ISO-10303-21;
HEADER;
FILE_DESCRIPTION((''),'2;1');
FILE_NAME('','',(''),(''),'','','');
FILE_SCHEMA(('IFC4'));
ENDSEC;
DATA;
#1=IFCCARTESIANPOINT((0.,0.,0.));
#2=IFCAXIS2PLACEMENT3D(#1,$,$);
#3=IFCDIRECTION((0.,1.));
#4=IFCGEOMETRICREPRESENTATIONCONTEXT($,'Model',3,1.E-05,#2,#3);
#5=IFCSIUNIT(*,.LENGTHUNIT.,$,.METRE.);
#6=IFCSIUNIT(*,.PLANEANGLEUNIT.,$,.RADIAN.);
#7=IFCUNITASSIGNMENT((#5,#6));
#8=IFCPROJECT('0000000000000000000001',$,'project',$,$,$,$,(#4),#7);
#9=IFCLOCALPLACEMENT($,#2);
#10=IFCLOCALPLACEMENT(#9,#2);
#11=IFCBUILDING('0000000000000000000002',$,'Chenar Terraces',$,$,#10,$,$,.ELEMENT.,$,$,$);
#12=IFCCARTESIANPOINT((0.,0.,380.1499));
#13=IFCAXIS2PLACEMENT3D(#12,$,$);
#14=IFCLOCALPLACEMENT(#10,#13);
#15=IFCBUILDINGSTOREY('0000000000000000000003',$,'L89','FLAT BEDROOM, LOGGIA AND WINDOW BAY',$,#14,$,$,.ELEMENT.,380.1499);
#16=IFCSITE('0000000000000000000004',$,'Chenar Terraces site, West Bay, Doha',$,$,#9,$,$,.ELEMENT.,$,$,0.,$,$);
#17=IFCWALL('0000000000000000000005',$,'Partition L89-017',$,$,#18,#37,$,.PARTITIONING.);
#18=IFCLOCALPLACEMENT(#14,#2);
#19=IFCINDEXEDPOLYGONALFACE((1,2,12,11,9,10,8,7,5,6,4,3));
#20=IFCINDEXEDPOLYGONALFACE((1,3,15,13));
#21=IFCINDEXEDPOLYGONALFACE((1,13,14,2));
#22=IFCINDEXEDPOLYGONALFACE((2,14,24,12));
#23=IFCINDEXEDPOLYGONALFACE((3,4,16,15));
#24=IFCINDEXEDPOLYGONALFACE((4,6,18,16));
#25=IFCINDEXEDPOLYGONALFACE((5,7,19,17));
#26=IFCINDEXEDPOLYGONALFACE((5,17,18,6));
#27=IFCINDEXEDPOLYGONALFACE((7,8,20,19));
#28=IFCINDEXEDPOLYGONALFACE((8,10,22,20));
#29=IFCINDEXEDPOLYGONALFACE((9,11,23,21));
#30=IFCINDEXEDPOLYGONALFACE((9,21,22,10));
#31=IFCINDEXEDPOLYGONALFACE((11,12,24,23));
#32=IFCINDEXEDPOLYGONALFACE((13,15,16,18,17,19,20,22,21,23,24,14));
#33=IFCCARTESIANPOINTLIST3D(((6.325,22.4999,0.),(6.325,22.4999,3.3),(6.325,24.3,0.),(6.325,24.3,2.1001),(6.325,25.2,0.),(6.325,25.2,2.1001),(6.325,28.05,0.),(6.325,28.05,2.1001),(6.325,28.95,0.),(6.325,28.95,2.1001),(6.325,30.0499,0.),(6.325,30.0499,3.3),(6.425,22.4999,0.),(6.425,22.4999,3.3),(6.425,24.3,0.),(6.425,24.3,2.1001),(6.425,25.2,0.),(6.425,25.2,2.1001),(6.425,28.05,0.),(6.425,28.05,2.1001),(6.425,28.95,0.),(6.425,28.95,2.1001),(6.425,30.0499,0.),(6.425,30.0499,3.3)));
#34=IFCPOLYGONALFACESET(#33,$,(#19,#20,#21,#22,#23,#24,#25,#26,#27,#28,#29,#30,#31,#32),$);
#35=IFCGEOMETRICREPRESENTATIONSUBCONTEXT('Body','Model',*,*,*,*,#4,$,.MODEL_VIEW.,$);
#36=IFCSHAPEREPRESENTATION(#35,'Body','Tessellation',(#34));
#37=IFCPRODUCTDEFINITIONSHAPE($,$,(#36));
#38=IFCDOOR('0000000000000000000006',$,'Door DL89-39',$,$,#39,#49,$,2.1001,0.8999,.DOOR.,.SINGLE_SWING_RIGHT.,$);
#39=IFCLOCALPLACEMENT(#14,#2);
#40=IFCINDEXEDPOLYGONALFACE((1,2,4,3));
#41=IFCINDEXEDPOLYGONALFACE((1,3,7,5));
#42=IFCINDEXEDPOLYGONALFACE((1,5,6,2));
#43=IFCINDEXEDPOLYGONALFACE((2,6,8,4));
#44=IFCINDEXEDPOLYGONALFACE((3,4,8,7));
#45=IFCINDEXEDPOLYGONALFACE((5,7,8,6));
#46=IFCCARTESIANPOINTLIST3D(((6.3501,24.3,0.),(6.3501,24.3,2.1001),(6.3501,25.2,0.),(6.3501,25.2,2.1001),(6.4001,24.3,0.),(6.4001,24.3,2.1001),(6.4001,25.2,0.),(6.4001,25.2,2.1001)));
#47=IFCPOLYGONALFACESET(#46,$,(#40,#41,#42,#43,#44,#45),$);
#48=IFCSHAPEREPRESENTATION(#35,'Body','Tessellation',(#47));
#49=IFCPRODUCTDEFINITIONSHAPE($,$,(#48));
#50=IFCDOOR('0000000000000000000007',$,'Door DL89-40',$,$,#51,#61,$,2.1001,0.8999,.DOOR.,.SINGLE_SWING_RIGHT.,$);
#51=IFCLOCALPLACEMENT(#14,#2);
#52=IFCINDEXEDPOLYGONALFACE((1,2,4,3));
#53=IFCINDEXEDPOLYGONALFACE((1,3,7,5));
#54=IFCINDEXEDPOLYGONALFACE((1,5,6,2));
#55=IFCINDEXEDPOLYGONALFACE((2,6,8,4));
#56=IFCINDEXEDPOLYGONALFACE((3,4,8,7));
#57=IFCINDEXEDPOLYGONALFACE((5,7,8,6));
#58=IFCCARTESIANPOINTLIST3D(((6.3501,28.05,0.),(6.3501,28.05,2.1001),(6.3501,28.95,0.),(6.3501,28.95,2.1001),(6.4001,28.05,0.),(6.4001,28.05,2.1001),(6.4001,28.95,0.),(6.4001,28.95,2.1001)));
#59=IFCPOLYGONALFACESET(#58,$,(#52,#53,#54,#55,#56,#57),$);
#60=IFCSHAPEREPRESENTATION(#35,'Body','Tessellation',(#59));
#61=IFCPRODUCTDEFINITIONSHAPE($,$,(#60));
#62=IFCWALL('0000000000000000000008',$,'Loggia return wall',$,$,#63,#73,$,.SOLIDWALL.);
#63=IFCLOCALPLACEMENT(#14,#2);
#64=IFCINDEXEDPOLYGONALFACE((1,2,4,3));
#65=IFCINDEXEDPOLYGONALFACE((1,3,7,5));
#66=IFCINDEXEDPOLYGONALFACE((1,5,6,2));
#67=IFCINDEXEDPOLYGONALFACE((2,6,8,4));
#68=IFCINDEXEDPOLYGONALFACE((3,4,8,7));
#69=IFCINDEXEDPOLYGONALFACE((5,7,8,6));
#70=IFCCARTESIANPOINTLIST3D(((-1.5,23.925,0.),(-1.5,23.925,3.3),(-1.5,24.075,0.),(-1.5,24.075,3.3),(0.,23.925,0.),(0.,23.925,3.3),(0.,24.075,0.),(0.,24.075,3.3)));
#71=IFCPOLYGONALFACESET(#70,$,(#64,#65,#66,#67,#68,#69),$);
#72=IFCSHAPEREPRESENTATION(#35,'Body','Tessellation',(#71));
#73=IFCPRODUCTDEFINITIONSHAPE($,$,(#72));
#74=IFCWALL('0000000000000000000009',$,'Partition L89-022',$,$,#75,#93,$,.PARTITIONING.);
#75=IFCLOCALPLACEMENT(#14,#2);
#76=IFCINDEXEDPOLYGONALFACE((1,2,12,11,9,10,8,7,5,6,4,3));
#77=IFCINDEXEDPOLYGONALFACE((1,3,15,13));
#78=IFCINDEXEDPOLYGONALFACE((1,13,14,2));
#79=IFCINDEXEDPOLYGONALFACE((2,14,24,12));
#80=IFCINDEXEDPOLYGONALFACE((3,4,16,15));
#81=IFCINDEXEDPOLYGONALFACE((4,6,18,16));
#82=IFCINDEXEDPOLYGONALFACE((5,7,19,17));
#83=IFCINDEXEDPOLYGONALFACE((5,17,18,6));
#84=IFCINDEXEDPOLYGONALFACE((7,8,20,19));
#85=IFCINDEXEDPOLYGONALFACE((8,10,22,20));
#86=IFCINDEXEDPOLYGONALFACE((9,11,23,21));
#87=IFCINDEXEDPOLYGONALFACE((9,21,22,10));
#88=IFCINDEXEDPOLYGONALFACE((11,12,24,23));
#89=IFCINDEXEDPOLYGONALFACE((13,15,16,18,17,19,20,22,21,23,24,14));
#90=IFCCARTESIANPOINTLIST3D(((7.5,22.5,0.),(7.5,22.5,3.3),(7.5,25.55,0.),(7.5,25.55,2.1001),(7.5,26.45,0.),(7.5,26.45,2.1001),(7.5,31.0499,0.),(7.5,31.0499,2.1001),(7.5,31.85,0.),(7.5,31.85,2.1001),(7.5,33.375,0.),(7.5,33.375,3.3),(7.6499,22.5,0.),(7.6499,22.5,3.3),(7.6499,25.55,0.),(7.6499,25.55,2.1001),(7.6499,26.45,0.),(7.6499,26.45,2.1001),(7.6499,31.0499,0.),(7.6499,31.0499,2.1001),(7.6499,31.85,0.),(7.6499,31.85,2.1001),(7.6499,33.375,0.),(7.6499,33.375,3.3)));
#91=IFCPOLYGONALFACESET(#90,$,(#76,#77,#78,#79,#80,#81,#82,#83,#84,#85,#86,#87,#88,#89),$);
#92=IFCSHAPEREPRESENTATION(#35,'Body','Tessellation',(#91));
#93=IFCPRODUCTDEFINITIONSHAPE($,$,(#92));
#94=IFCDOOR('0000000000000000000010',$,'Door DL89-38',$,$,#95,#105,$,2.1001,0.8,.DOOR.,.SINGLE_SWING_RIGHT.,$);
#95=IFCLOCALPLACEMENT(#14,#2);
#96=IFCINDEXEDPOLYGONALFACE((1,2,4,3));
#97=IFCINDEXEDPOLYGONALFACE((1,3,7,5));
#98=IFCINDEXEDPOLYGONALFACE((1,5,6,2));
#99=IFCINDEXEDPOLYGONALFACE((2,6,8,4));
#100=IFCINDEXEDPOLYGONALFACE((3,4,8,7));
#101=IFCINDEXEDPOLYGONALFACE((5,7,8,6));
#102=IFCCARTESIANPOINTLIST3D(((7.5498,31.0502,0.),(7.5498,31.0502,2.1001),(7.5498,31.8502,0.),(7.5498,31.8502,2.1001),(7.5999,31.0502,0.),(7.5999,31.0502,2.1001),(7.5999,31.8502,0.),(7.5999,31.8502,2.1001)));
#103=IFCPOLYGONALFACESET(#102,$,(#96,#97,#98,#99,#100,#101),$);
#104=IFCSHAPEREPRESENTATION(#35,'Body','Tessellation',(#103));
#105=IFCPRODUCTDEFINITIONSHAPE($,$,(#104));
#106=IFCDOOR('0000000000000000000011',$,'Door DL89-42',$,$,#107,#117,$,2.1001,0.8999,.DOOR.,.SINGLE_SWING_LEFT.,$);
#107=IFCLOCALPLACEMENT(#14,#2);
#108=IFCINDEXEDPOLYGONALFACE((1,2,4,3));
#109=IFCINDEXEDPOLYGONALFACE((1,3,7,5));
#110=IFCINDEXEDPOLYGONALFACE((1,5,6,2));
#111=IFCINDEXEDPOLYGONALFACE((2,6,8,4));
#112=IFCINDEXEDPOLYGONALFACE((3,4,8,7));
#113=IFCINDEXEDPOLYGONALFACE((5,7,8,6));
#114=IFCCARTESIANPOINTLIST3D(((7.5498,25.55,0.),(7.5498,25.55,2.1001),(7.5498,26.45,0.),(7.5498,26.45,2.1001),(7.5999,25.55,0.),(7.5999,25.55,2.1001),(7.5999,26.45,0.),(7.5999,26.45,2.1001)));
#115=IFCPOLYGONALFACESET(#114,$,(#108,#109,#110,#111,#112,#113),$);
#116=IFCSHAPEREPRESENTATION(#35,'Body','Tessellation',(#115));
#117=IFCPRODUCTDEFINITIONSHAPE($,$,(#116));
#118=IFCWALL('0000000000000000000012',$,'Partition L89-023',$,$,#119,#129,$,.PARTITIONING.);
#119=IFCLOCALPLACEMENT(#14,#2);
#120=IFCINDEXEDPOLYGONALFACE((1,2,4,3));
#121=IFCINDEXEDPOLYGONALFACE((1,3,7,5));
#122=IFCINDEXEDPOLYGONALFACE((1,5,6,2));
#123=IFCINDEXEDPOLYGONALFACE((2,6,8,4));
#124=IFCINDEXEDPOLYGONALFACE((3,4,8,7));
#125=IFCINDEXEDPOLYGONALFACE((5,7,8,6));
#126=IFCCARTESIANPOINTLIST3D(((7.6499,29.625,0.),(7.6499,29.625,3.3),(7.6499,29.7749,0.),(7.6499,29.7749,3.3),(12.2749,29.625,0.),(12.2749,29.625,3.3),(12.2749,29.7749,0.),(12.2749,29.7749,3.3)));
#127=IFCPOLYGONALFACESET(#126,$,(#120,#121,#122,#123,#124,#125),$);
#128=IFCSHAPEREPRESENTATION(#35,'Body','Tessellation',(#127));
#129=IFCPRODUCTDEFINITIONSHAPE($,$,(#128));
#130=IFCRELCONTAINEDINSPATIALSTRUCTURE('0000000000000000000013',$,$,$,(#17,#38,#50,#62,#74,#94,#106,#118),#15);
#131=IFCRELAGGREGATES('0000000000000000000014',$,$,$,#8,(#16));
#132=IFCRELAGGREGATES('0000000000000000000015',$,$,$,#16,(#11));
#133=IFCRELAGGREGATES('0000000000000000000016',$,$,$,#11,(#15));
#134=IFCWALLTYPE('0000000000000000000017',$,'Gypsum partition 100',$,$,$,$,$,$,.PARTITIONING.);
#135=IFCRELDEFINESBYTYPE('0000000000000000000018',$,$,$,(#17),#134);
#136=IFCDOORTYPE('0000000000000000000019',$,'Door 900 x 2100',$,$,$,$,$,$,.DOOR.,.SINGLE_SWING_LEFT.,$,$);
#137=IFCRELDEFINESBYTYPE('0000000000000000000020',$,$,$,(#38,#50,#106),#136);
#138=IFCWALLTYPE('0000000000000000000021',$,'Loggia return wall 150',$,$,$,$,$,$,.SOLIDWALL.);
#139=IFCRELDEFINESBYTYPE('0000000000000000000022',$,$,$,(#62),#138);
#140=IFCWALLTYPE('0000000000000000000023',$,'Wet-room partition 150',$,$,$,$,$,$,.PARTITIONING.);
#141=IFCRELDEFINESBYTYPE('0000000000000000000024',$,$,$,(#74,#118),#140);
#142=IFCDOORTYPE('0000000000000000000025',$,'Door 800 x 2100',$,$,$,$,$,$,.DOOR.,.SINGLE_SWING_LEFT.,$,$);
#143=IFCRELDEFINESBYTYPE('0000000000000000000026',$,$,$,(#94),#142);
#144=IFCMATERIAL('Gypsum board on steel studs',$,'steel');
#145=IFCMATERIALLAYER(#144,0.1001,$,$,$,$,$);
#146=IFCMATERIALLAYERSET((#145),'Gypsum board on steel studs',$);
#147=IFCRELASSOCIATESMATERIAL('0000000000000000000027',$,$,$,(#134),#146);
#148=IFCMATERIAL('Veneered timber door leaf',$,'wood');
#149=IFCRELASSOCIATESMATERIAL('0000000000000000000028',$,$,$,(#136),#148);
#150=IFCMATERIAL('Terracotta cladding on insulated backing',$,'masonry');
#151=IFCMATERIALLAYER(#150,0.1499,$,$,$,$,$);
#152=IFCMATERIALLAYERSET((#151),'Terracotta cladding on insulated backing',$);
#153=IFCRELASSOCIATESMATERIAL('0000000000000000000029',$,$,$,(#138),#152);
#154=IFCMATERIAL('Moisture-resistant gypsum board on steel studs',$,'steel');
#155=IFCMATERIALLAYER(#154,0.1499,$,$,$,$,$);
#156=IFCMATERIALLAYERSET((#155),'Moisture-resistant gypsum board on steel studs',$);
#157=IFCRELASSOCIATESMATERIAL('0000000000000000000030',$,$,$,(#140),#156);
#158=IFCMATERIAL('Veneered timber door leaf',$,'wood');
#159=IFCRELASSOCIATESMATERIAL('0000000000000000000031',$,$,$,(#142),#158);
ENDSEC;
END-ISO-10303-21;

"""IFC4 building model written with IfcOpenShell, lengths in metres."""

from ifc_helpers import new_model, si_unit, direction, frame, frame_2d, origin, place, context, subcontext, project, spatial, rectangle, extrude, material, layer, layer_set, type_object, element, fill, save


model = new_model("IFC4")

# Units and contexts
model_context = context("Model", 3, precision=1e-05, world=origin(), true_north=direction((0.0, 1.0)))
body_context = subcontext(model_context, "Body", "Model", "MODEL_VIEW")
ifc_project = project(units=[si_unit("LENGTHUNIT", "METRE"), si_unit("PLANEANGLEUNIT", "RADIAN")], contexts=[model_context])

# Site, building, storey
site_placement = place(None, origin())
site = spatial("IfcSite", under=ifc_project, at=site_placement, Name="Chenar Terraces site, West Bay, Doha", CompositionType="ELEMENT", RefElevation=0.0)
building_placement = place(site_placement, origin())
building = spatial("IfcBuilding", under=site, at=building_placement, Name="Chenar Terraces", CompositionType="ELEMENT")
storey_placement = place(building_placement, frame((0.0, 0.0, 380.1499)))
storey = spatial("IfcBuildingStorey", under=building, at=storey_placement, Name="L89", Description="FLAT BEDROOM, LOGGIA AND WINDOW BAY", CompositionType="ELEMENT", Elevation=380.1499)

# Shared definitions
ifc_material_1 = material(Name="Gypsum board on steel studs", Category="steel")
ifc_layer_1 = layer(ifc_material_1, 0.1001)
ifc_layer_set_1 = layer_set([ifc_layer_1], Name="Gypsum board on steel studs")
wall_type_1 = type_object("IfcWallType", Name="Gypsum partition 100", PredefinedType="PARTITIONING", material=ifc_layer_set_1)

# Wall, openings, doors
wall_1_placement = place(storey_placement, frame((6.375, 22.5, 0.0), z_axis=(0.0, 0.0, 1.0), x_axis=(0.0, 1.0, 0.0)))
wall_1 = element("IfcWall", 1, at=wall_1_placement, inside=storey, type_object=wall_type_1, Name="Partition L89-017", PredefinedType="PARTITIONING", context=body_context, shape_type="SweptSolid", body=[
    extrude(rectangle(XDim=7.55, YDim=0.1001, at=frame_2d((3.7749, 0.0))), origin(), (0.0, 0.0, 1.0), 3.3),
])
opening_1_placement = place(wall_1_placement, frame((1.8, 0.0, 0.0)))
opening_1 = element("IfcOpeningElement", 2, at=opening_1_placement, cuts=wall_1, PredefinedType="OPENING", context=body_context, shape_type="SweptSolid", body=[
    extrude(rectangle(XDim=0.8999, YDim=2.1001, at=frame_2d((0.45, 1.05))), frame((0.0, 0.0601, 0.0), z_axis=(0.0, -1.0, 0.0), x_axis=(1.0, 0.0, 0.0)), (0.0, 0.0, 1.0), 0.1201),
])
opening_2_placement = place(wall_1_placement, frame((5.55, 0.0, 0.0)))
opening_2 = element("IfcOpeningElement", 3, at=opening_2_placement, cuts=wall_1, PredefinedType="OPENING", context=body_context, shape_type="SweptSolid", body=[
    extrude(rectangle(XDim=0.8999, YDim=2.1001, at=frame_2d((0.45, 1.05))), frame((0.0, 0.0601, 0.0), z_axis=(0.0, -1.0, 0.0), x_axis=(1.0, 0.0, 0.0)), (0.0, 0.0, 1.0), 0.1201),
])
ifc_material_2 = material(Name="Veneered timber door leaf", Category="wood")
door_type_1 = type_object("IfcDoorType", Name="Door 900 x 2100", OperationType="SINGLE_SWING_LEFT", PredefinedType="DOOR", material=ifc_material_2)
door_1_placement = place(opening_1_placement, origin())
door_1 = element("IfcDoor", 4, at=door_1_placement, inside=storey, type_object=door_type_1, Name="Door DL89-39", OperationType="SINGLE_SWING_RIGHT", OverallHeight=2.1001, OverallWidth=0.8999, PredefinedType="DOOR", context=body_context, shape_type="SweptSolid", body=[
    extrude(rectangle(XDim=0.8999, YDim=2.1001, at=frame_2d((0.45, 1.05))), frame((0.0, 0.0249, 0.0), z_axis=(0.0, -1.0, 0.0), x_axis=(1.0, 0.0, 0.0)), (0.0, 0.0, 1.0), 0.05),
])
fill(opening_1, door_1)
door_2_placement = place(opening_2_placement, origin())
door_2 = element("IfcDoor", 5, at=door_2_placement, inside=storey, type_object=door_type_1, Name="Door DL89-40", OperationType="SINGLE_SWING_RIGHT", OverallHeight=2.1001, OverallWidth=0.8999, PredefinedType="DOOR", context=body_context, shape_type="SweptSolid", body=[
    extrude(rectangle(XDim=0.8999, YDim=2.1001, at=frame_2d((0.45, 1.05))), frame((0.0, 0.0249, 0.0), z_axis=(0.0, -1.0, 0.0), x_axis=(1.0, 0.0, 0.0)), (0.0, 0.0, 1.0), 0.05),
])
fill(opening_2, door_2)

# Wall
ifc_material_3 = material(Name="Terracotta cladding on insulated backing", Category="masonry")
ifc_layer_2 = layer(ifc_material_3, 0.1499)
ifc_layer_set_2 = layer_set([ifc_layer_2], Name="Terracotta cladding on insulated backing")
wall_type_2 = type_object("IfcWallType", Name="Loggia return wall 150", PredefinedType="SOLIDWALL", material=ifc_layer_set_2)
wall_2_placement = place(storey_placement, frame((-1.5, 24.0, 0.0), z_axis=(0.0, 0.0, 1.0), x_axis=(1.0, 0.0, 0.0)))
element("IfcWall", 6, at=wall_2_placement, inside=storey, type_object=wall_type_2, Name="Loggia return wall", PredefinedType="SOLIDWALL", context=body_context, shape_type="SweptSolid", body=[
    extrude(rectangle(XDim=1.5, YDim=0.1499, at=frame_2d((0.75, 0.0))), origin(), (0.0, 0.0, 1.0), 3.3),
])

# Wall, openings, doors
ifc_material_4 = material(Name="Moisture-resistant gypsum board on steel studs", Category="steel")
ifc_layer_3 = layer(ifc_material_4, 0.1499)
ifc_layer_set_3 = layer_set([ifc_layer_3], Name="Moisture-resistant gypsum board on steel studs")
wall_type_3 = type_object("IfcWallType", Name="Wet-room partition 150", PredefinedType="PARTITIONING", material=ifc_layer_set_3)
wall_3_placement = place(storey_placement, frame((7.575, 22.5, 0.0), z_axis=(0.0, 0.0, 1.0), x_axis=(0.0, 1.0, 0.0)))
wall_3 = element("IfcWall", 7, at=wall_3_placement, inside=storey, type_object=wall_type_3, Name="Partition L89-022", PredefinedType="PARTITIONING", context=body_context, shape_type="SweptSolid", body=[
    extrude(rectangle(XDim=10.875, YDim=0.1499, at=frame_2d((5.4375, 0.0))), origin(), (0.0, 0.0, 1.0), 3.3),
])
opening_3_placement = place(wall_3_placement, frame((8.55, 0.0, 0.0)))
opening_3 = element("IfcOpeningElement", 8, at=opening_3_placement, cuts=wall_3, PredefinedType="OPENING", context=body_context, shape_type="SweptSolid", body=[
    extrude(rectangle(XDim=0.8, YDim=2.1001, at=frame_2d((0.3999, 1.05))), frame((0.0, 0.085, 0.0), z_axis=(0.0, -1.0, 0.0), x_axis=(1.0, 0.0, 0.0)), (0.0, 0.0, 1.0), 0.1699),
])
opening_4_placement = place(wall_3_placement, frame((3.05, 0.0, 0.0)))
opening_4 = element("IfcOpeningElement", 9, at=opening_4_placement, cuts=wall_3, PredefinedType="OPENING", context=body_context, shape_type="SweptSolid", body=[
    extrude(rectangle(XDim=0.8999, YDim=2.1001, at=frame_2d((0.45, 1.05))), frame((0.0, 0.085, 0.0), z_axis=(0.0, -1.0, 0.0), x_axis=(1.0, 0.0, 0.0)), (0.0, 0.0, 1.0), 0.1699),
])
ifc_material_5 = material(Name="Veneered timber door leaf", Category="wood")
door_type_2 = type_object("IfcDoorType", Name="Door 800 x 2100", OperationType="SINGLE_SWING_LEFT", PredefinedType="DOOR", material=ifc_material_5)
door_3_placement = place(opening_3_placement, frame((0.8, 0.0, 0.0), z_axis=(0.0, 0.0, 1.0), x_axis=(-1.0, 0.0, 0.0)))
door_3 = element("IfcDoor", 10, at=door_3_placement, inside=storey, type_object=door_type_2, Name="Door DL89-38", OperationType="SINGLE_SWING_RIGHT", OverallHeight=2.1001, OverallWidth=0.8, PredefinedType="DOOR", context=body_context, shape_type="SweptSolid", body=[
    extrude(rectangle(XDim=0.8, YDim=2.1001, at=frame_2d((0.3999, 1.05))), frame((0.0, 0.0249, 0.0), z_axis=(0.0, -1.0, 0.0), x_axis=(1.0, 0.0, 0.0)), (0.0, 0.0, 1.0), 0.05),
])
fill(opening_3, door_3)
door_4_placement = place(opening_4_placement, frame((0.8999, 0.0, 0.0), z_axis=(0.0, 0.0, 1.0), x_axis=(-1.0, 0.0, 0.0)))
door_4 = element("IfcDoor", 11, at=door_4_placement, inside=storey, type_object=door_type_1, Name="Door DL89-42", OperationType="SINGLE_SWING_LEFT", OverallHeight=2.1001, OverallWidth=0.8999, PredefinedType="DOOR", context=body_context, shape_type="SweptSolid", body=[
    extrude(rectangle(XDim=0.8999, YDim=2.1001, at=frame_2d((0.45, 1.05))), frame((0.0, 0.0249, 0.0), z_axis=(0.0, -1.0, 0.0), x_axis=(1.0, 0.0, 0.0)), (0.0, 0.0, 1.0), 0.05),
])
fill(opening_4, door_4)

# Wall
wall_4_placement = place(storey_placement, frame((7.6499, 29.7, 0.0), z_axis=(0.0, 0.0, 1.0), x_axis=(1.0, 0.0, 0.0)))
element("IfcWall", 12, at=wall_4_placement, inside=storey, type_object=wall_type_3, Name="Partition L89-023", PredefinedType="PARTITIONING", context=body_context, shape_type="SweptSolid", body=[
    extrude(rectangle(XDim=4.625, YDim=0.1499, at=frame_2d((2.3125, 0.0))), origin(), (0.0, 0.0, 1.0), 3.3),
])

save(model, "model.ifc")
